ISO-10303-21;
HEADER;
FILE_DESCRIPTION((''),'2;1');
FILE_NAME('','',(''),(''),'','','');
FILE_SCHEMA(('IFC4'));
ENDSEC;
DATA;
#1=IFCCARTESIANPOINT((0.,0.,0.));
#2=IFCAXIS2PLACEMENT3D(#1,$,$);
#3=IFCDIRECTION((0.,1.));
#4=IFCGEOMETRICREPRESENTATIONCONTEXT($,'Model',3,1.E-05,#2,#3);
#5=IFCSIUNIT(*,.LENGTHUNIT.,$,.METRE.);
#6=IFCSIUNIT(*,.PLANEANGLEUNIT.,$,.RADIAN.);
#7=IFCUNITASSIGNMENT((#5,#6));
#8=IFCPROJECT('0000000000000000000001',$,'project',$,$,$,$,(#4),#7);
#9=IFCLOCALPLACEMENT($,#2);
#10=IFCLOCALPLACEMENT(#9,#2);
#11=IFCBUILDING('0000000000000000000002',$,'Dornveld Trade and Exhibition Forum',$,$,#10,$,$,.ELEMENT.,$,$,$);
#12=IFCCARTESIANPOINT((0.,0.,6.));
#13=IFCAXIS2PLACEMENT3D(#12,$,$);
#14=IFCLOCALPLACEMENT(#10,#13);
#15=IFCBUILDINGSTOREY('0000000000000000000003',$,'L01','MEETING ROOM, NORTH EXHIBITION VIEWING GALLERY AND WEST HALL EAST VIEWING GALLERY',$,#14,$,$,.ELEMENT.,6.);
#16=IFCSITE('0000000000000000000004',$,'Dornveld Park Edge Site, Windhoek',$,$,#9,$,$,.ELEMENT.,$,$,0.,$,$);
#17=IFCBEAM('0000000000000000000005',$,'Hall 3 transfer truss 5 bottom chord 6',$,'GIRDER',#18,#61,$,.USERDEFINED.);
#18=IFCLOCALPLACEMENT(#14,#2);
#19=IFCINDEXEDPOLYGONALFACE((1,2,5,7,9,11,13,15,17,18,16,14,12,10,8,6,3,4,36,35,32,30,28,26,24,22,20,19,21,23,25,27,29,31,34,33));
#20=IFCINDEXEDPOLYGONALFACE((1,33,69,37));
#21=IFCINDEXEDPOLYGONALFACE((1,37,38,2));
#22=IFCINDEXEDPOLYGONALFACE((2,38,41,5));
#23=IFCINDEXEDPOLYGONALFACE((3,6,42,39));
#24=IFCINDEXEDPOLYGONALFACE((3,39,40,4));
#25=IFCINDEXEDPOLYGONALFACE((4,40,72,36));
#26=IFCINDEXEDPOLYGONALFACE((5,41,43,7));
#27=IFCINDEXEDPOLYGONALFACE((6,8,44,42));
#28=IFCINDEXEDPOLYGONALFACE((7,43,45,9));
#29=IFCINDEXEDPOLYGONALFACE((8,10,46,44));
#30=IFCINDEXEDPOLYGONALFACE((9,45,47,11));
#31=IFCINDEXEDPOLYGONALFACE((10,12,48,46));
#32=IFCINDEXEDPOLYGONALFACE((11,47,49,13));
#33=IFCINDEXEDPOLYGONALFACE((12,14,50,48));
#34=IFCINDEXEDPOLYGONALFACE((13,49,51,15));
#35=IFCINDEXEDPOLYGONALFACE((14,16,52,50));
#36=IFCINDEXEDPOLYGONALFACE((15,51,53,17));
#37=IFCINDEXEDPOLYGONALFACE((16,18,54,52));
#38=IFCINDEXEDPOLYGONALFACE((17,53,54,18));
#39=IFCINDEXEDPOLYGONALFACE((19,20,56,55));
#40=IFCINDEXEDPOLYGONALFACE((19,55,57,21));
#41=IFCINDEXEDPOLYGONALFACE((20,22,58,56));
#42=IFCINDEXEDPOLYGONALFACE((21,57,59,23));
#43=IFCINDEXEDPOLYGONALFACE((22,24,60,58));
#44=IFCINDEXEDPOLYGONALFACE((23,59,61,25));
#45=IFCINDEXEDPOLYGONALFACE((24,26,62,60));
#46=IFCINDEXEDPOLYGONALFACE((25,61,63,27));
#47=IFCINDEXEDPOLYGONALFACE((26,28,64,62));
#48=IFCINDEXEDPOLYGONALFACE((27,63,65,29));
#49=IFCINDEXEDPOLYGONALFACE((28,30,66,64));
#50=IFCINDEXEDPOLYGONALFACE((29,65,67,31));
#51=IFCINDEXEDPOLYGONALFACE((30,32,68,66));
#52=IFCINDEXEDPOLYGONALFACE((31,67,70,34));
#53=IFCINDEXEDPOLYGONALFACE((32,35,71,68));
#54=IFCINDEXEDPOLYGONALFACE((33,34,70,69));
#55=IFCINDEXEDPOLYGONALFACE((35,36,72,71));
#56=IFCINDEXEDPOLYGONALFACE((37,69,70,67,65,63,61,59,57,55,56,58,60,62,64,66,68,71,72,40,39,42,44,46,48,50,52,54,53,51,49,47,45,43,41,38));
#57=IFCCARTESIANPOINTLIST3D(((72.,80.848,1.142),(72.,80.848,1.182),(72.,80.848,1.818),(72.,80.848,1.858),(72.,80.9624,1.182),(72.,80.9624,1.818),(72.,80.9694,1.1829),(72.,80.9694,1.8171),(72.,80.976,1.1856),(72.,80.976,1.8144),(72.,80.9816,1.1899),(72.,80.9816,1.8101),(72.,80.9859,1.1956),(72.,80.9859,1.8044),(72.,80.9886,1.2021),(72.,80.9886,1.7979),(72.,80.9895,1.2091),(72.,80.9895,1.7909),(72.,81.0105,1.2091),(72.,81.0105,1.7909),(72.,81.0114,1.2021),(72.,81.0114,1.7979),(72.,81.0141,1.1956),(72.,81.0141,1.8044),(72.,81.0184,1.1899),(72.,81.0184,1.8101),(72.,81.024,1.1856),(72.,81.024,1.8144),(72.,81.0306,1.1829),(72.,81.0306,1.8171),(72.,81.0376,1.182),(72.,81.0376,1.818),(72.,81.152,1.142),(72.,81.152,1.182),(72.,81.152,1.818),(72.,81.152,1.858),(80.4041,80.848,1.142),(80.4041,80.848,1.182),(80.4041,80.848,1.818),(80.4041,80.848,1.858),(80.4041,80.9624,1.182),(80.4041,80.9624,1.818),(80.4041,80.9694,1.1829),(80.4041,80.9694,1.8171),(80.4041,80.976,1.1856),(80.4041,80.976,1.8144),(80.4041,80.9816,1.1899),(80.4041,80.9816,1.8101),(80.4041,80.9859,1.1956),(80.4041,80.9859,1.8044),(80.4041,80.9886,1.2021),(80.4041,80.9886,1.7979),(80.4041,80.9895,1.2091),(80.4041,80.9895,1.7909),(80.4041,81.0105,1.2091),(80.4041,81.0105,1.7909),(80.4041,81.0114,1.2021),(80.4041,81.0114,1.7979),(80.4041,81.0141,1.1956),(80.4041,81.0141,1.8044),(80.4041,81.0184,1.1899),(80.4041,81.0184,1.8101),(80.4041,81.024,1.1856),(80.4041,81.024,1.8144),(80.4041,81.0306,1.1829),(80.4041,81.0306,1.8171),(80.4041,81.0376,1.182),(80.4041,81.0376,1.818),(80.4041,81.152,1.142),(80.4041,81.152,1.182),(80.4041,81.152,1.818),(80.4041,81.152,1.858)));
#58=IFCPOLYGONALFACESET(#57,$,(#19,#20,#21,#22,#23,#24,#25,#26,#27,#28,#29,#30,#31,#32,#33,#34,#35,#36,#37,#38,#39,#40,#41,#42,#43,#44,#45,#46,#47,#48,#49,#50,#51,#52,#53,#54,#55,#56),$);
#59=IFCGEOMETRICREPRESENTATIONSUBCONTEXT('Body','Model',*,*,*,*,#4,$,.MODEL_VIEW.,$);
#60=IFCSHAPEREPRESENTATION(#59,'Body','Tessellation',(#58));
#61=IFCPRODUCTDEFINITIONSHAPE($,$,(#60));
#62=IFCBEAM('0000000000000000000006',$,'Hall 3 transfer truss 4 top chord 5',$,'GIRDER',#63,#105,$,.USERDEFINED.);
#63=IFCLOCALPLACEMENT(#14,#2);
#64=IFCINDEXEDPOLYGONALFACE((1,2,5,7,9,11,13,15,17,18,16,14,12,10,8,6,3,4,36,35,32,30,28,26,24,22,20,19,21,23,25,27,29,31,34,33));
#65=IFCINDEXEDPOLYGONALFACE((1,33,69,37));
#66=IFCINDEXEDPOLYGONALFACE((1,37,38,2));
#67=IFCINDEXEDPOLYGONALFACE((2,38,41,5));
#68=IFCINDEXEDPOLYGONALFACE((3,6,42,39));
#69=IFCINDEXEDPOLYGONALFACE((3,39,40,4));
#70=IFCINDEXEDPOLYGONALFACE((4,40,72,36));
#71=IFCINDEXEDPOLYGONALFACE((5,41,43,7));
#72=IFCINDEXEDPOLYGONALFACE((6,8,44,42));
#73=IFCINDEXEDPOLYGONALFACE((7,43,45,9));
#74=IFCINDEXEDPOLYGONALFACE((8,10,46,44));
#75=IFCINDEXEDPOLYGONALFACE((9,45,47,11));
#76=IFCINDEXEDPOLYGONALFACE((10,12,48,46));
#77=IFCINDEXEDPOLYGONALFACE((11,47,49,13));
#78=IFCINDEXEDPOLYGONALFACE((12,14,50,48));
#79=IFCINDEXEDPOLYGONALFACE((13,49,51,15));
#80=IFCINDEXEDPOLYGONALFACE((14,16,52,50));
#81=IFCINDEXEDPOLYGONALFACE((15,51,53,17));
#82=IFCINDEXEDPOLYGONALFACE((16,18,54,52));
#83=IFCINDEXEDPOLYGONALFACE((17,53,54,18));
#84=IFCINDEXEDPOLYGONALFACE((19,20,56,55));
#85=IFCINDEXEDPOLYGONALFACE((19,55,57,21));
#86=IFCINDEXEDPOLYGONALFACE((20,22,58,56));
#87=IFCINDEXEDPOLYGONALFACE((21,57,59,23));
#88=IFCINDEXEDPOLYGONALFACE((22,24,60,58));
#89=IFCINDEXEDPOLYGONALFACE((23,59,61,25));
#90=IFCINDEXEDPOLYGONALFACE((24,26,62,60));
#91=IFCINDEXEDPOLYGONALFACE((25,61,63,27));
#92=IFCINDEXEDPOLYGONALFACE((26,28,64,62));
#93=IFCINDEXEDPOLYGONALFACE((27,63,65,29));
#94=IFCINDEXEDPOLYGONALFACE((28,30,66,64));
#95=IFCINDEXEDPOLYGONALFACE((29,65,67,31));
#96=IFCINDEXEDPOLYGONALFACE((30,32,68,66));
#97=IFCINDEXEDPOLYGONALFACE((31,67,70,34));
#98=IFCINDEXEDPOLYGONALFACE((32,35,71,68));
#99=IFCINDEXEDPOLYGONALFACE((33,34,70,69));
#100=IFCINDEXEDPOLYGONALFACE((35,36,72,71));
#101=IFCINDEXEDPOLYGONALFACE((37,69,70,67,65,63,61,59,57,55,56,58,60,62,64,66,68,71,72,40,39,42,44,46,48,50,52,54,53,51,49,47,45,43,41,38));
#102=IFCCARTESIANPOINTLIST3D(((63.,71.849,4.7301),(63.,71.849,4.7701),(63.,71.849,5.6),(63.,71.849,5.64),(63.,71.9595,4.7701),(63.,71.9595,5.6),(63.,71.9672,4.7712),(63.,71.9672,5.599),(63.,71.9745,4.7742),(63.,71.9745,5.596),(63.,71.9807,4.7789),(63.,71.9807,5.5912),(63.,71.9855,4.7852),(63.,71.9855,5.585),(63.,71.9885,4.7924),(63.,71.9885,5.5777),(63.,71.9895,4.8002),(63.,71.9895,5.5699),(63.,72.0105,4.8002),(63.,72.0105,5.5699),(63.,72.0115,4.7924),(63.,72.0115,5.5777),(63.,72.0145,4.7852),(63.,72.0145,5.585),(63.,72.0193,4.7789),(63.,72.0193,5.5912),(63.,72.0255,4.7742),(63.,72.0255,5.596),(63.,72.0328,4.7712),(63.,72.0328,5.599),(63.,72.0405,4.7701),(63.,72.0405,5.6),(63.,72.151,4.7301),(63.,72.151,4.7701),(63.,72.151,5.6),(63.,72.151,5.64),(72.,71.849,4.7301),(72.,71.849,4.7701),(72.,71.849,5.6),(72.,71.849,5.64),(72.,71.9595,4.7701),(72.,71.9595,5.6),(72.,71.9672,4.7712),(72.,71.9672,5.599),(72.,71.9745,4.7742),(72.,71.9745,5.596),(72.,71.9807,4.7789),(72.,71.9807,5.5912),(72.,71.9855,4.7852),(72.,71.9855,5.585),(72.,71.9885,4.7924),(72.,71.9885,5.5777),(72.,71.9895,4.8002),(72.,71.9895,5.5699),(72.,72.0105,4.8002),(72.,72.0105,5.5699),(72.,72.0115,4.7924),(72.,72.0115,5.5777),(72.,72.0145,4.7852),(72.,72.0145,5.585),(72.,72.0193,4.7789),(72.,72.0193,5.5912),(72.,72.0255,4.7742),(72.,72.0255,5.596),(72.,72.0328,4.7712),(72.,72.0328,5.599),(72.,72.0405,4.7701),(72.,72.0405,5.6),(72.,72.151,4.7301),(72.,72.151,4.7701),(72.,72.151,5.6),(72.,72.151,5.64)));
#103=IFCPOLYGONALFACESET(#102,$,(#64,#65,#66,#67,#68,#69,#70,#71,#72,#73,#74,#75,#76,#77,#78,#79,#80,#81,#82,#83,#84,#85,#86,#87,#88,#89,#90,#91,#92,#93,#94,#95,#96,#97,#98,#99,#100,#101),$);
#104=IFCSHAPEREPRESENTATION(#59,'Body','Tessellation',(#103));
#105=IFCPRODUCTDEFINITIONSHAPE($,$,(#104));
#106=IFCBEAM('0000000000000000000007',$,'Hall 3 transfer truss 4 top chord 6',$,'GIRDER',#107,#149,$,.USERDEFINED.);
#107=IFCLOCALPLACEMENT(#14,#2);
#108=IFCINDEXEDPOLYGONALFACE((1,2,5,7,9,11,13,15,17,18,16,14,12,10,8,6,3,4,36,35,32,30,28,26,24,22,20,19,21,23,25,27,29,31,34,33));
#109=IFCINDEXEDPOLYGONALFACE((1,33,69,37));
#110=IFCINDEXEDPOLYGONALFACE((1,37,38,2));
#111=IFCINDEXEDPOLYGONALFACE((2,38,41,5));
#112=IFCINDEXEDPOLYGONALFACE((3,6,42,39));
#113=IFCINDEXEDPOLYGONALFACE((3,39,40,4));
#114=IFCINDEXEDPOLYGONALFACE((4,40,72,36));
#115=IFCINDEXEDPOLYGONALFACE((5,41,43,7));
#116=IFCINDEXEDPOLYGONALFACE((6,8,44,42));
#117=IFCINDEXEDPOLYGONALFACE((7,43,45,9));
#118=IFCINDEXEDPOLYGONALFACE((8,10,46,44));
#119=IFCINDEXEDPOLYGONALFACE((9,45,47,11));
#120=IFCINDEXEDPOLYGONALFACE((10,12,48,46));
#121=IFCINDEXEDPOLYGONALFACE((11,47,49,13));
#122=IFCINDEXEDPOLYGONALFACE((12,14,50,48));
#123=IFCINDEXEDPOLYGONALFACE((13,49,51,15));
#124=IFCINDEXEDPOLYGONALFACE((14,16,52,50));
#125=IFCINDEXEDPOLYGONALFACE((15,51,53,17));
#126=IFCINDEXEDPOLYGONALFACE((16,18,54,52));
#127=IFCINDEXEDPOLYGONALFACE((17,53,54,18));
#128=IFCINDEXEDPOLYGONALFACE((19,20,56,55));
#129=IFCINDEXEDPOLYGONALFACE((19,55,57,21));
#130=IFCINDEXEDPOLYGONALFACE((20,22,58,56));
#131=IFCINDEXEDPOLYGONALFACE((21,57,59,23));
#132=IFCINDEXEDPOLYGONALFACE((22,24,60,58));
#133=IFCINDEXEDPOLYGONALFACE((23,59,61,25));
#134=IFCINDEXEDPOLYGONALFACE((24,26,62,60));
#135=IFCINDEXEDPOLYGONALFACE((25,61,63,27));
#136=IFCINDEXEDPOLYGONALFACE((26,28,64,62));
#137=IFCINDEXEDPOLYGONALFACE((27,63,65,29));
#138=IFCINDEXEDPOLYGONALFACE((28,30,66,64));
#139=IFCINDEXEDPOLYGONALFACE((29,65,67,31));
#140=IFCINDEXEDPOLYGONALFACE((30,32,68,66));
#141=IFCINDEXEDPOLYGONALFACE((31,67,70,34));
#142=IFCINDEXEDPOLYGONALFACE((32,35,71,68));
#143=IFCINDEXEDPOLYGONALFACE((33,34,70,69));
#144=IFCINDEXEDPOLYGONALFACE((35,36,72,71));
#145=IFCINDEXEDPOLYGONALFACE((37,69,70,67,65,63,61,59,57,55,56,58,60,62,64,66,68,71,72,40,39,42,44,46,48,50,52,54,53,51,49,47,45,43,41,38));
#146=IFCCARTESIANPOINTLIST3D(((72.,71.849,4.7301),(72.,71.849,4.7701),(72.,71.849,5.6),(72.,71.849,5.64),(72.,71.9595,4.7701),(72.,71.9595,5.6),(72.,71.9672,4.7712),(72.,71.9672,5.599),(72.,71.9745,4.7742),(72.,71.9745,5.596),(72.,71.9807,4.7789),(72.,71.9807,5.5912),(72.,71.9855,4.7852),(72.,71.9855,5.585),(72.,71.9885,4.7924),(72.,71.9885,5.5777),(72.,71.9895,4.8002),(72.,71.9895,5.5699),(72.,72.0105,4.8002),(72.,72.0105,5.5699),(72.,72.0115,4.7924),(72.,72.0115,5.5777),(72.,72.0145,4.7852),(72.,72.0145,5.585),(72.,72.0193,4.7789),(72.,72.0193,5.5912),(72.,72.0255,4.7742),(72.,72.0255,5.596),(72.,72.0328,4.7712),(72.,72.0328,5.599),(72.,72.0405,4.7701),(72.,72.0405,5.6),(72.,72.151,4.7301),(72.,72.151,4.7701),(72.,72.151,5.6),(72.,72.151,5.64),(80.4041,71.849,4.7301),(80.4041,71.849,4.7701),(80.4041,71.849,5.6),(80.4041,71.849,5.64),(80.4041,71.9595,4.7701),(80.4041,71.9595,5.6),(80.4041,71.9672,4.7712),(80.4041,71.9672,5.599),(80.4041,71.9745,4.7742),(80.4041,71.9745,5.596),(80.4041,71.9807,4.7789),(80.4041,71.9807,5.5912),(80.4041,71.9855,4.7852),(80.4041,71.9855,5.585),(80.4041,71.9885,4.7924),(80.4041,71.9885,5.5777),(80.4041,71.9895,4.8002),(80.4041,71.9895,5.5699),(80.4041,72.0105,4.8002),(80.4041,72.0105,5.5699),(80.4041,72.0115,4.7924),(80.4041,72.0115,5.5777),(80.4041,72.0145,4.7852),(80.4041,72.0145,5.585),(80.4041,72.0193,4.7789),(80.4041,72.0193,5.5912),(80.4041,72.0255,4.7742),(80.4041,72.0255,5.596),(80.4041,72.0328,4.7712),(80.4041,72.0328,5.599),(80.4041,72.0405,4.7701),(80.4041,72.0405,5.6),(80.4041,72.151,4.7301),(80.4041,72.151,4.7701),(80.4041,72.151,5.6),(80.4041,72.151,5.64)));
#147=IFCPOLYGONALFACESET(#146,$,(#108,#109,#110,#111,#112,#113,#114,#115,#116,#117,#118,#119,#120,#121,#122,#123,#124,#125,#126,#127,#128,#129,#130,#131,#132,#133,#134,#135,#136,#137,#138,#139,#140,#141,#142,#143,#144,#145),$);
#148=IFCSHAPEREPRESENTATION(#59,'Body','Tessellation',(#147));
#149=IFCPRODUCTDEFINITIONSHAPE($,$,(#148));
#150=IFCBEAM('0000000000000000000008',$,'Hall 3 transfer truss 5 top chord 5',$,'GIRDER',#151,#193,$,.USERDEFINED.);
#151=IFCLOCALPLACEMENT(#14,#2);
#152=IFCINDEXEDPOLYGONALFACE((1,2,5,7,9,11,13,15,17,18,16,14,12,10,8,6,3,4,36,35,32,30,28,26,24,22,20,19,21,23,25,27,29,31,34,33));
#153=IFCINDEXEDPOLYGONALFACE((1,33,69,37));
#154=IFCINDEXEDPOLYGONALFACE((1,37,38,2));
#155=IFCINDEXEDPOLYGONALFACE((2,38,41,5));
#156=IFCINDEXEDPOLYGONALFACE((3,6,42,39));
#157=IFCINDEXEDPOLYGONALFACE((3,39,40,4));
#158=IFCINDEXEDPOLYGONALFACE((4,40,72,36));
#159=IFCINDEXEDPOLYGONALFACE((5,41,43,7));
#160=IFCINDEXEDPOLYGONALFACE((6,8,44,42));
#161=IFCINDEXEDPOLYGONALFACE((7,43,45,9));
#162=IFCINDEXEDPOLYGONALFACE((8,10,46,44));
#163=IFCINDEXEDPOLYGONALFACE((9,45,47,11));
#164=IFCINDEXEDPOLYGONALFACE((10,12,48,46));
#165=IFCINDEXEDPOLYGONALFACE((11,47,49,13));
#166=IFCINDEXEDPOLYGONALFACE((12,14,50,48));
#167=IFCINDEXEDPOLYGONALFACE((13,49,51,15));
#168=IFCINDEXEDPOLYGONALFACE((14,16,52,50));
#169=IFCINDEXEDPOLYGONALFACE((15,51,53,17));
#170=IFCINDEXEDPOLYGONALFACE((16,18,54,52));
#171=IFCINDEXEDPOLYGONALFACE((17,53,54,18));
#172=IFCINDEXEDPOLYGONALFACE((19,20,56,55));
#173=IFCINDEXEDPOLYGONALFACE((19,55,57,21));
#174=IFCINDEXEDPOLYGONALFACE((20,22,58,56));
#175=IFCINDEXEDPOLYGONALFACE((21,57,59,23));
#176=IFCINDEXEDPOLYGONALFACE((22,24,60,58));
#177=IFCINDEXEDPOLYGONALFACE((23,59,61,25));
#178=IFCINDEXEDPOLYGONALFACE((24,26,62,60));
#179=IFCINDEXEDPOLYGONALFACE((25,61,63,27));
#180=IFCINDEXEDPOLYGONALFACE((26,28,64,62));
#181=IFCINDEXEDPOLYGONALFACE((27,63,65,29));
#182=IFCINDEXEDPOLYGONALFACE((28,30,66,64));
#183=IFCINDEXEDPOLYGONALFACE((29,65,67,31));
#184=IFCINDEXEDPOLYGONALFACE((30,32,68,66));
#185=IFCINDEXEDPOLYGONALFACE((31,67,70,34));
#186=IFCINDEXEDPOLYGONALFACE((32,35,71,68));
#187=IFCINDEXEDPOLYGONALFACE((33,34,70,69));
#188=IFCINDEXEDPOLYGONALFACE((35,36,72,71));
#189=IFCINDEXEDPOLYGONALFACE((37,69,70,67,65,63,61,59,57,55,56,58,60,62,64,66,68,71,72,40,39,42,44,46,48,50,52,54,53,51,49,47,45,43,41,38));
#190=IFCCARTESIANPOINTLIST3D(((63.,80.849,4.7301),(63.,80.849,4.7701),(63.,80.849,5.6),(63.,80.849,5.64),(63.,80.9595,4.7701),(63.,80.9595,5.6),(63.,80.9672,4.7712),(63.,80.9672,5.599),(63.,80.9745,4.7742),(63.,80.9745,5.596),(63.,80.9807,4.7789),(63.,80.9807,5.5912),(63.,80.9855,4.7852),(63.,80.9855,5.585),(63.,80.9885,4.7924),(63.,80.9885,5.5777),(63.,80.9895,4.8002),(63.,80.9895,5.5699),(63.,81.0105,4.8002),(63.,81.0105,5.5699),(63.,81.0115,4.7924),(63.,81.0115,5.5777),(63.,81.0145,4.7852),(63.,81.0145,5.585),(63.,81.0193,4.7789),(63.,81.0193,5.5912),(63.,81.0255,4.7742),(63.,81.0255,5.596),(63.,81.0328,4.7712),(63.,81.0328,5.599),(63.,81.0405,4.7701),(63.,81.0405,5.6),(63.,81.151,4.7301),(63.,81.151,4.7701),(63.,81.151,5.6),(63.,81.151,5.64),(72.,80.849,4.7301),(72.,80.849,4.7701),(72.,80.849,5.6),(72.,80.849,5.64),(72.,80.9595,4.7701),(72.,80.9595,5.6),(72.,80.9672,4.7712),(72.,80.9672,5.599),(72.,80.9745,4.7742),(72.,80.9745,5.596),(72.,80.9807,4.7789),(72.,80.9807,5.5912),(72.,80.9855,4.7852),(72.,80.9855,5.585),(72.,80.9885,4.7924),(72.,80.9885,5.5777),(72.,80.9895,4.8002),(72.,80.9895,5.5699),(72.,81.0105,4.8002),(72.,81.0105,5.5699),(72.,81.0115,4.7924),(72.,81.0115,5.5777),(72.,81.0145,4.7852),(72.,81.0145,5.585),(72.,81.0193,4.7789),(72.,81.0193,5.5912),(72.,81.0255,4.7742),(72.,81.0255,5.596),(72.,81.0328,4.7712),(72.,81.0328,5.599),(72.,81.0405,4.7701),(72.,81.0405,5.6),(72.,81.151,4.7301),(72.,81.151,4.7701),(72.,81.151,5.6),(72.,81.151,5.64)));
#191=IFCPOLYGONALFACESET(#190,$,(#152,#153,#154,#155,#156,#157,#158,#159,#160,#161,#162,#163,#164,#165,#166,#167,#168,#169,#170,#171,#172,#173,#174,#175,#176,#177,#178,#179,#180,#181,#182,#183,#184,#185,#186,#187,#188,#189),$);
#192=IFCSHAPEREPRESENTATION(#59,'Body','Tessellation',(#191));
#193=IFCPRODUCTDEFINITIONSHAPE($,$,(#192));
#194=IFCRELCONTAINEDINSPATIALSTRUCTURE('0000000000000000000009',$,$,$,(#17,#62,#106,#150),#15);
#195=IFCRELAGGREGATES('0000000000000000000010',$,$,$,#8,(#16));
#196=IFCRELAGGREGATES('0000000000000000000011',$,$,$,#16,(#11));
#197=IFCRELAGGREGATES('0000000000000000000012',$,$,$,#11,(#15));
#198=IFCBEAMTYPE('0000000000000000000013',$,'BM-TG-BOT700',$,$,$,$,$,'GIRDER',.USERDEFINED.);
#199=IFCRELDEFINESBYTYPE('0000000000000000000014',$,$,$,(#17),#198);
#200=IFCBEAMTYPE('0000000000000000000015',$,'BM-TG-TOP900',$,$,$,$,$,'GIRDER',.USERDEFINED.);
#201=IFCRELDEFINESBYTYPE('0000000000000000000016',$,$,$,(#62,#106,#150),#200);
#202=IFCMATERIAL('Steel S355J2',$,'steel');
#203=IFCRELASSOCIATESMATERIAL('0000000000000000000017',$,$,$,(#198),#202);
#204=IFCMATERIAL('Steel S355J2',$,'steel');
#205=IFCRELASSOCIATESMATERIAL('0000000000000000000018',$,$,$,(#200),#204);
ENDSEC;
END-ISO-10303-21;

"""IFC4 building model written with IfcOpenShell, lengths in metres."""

from ifc_helpers import new_model, si_unit, direction, frame, origin, origin_2d, place, context, subcontext, project, spatial, i_section, extrude, material, material_profile, profile_set, type_object, element, save


model = new_model("IFC4")

# Units and contexts
model_context = context("Model", 3, precision=1e-05, world=origin(), true_north=direction((0.0, 1.0)))
body_context = subcontext(model_context, "Body", "Model", "MODEL_VIEW")
ifc_project = project(units=[si_unit("LENGTHUNIT", "METRE"), si_unit("PLANEANGLEUNIT", "RADIAN")], contexts=[model_context])

# Site, building, storey
site_placement = place(None, origin())
site = spatial("IfcSite", under=ifc_project, at=site_placement, Name="Dornveld Park Edge Site, Windhoek", CompositionType="ELEMENT", RefElevation=0.0)
building_placement = place(site_placement, origin())
building = spatial("IfcBuilding", under=site, at=building_placement, Name="Dornveld Trade and Exhibition Forum", CompositionType="ELEMENT")
storey_placement = place(building_placement, frame((0.0, 0.0, 6.0)))
storey = spatial("IfcBuildingStorey", under=building, at=storey_placement, Name="L01", Description="MEETING ROOM, NORTH EXHIBITION VIEWING GALLERY AND WEST HALL EAST VIEWING GALLERY", CompositionType="ELEMENT", Elevation=6.0)

# Beams
ifc_material_1 = material(Name="Steel S355J2", Category="steel")
ifc_material_profile_1 = material_profile(ifc_material_1, i_section(OverallWidth=0.304, OverallDepth=0.7161, WebThickness=0.021, FlangeThickness=0.04, FilletRadius=0.0271, at=origin_2d()), Name="HEM 700")
ifc_profile_set_1 = profile_set([ifc_material_profile_1], Name="Steel S355J2")
beam_type_1 = type_object("IfcBeamType", Name="BM-TG-BOT700", ElementType="GIRDER", PredefinedType="USERDEFINED", material=ifc_profile_set_1)
beam_1_placement = place(storey_placement, frame((72.0, 81.0, 1.5), z_axis=(1.0, 0.0, 0.0), x_axis=(0.0, 1.0, 0.0)))
element("IfcBeam", 1, at=beam_1_placement, inside=storey, type_object=beam_type_1, Name="Hall 3 transfer truss 5 bottom chord 6", ObjectType="GIRDER", PredefinedType="USERDEFINED", context=body_context, shape_type="SweptSolid", body=[
    extrude(i_section(OverallWidth=0.304, OverallDepth=0.7161, WebThickness=0.021, FlangeThickness=0.04, FilletRadius=0.0271, at=origin_2d()), origin(), (0.0, 0.0, 1.0), 8.4041),
])
ifc_material_2 = material(Name="Steel S355J2", Category="steel")
ifc_material_profile_2 = material_profile(ifc_material_2, i_section(OverallWidth=0.302, OverallDepth=0.9099, WebThickness=0.021, FlangeThickness=0.04, FilletRadius=0.03, at=origin_2d()), Name="HEM 900")
ifc_profile_set_2 = profile_set([ifc_material_profile_2], Name="Steel S355J2")
beam_type_2 = type_object("IfcBeamType", Name="BM-TG-TOP900", ElementType="GIRDER", PredefinedType="USERDEFINED", material=ifc_profile_set_2)
beam_2_placement = place(storey_placement, frame((63.0, 72.0, 5.1851), z_axis=(1.0, 0.0, 0.0), x_axis=(0.0, 1.0, 0.0)))
element("IfcBeam", 2, at=beam_2_placement, inside=storey, type_object=beam_type_2, Name="Hall 3 transfer truss 4 top chord 5", ObjectType="GIRDER", PredefinedType="USERDEFINED", context=body_context, shape_type="SweptSolid", body=[
    extrude(i_section(OverallWidth=0.302, OverallDepth=0.9099, WebThickness=0.021, FlangeThickness=0.04, FilletRadius=0.03, at=origin_2d()), origin(), (0.0, 0.0, 1.0), 9.0),
])
beam_3_placement = place(storey_placement, frame((72.0, 72.0, 5.1851), z_axis=(1.0, 0.0, 0.0), x_axis=(0.0, 1.0, 0.0)))
element("IfcBeam", 3, at=beam_3_placement, inside=storey, type_object=beam_type_2, Name="Hall 3 transfer truss 4 top chord 6", ObjectType="GIRDER", PredefinedType="USERDEFINED", context=body_context, shape_type="SweptSolid", body=[
    extrude(i_section(OverallWidth=0.302, OverallDepth=0.9099, WebThickness=0.021, FlangeThickness=0.04, FilletRadius=0.03, at=origin_2d()), origin(), (0.0, 0.0, 1.0), 8.4041),
])
beam_4_placement = place(storey_placement, frame((63.0, 81.0, 5.1851), z_axis=(1.0, 0.0, 0.0), x_axis=(0.0, 1.0, 0.0)))
element("IfcBeam", 4, at=beam_4_placement, inside=storey, type_object=beam_type_2, Name="Hall 3 transfer truss 5 top chord 5", ObjectType="GIRDER", PredefinedType="USERDEFINED", context=body_context, shape_type="SweptSolid", body=[
    extrude(i_section(OverallWidth=0.302, OverallDepth=0.9099, WebThickness=0.021, FlangeThickness=0.04, FilletRadius=0.03, at=origin_2d()), origin(), (0.0, 0.0, 1.0), 9.0),
])

save(model, "model.ifc")
